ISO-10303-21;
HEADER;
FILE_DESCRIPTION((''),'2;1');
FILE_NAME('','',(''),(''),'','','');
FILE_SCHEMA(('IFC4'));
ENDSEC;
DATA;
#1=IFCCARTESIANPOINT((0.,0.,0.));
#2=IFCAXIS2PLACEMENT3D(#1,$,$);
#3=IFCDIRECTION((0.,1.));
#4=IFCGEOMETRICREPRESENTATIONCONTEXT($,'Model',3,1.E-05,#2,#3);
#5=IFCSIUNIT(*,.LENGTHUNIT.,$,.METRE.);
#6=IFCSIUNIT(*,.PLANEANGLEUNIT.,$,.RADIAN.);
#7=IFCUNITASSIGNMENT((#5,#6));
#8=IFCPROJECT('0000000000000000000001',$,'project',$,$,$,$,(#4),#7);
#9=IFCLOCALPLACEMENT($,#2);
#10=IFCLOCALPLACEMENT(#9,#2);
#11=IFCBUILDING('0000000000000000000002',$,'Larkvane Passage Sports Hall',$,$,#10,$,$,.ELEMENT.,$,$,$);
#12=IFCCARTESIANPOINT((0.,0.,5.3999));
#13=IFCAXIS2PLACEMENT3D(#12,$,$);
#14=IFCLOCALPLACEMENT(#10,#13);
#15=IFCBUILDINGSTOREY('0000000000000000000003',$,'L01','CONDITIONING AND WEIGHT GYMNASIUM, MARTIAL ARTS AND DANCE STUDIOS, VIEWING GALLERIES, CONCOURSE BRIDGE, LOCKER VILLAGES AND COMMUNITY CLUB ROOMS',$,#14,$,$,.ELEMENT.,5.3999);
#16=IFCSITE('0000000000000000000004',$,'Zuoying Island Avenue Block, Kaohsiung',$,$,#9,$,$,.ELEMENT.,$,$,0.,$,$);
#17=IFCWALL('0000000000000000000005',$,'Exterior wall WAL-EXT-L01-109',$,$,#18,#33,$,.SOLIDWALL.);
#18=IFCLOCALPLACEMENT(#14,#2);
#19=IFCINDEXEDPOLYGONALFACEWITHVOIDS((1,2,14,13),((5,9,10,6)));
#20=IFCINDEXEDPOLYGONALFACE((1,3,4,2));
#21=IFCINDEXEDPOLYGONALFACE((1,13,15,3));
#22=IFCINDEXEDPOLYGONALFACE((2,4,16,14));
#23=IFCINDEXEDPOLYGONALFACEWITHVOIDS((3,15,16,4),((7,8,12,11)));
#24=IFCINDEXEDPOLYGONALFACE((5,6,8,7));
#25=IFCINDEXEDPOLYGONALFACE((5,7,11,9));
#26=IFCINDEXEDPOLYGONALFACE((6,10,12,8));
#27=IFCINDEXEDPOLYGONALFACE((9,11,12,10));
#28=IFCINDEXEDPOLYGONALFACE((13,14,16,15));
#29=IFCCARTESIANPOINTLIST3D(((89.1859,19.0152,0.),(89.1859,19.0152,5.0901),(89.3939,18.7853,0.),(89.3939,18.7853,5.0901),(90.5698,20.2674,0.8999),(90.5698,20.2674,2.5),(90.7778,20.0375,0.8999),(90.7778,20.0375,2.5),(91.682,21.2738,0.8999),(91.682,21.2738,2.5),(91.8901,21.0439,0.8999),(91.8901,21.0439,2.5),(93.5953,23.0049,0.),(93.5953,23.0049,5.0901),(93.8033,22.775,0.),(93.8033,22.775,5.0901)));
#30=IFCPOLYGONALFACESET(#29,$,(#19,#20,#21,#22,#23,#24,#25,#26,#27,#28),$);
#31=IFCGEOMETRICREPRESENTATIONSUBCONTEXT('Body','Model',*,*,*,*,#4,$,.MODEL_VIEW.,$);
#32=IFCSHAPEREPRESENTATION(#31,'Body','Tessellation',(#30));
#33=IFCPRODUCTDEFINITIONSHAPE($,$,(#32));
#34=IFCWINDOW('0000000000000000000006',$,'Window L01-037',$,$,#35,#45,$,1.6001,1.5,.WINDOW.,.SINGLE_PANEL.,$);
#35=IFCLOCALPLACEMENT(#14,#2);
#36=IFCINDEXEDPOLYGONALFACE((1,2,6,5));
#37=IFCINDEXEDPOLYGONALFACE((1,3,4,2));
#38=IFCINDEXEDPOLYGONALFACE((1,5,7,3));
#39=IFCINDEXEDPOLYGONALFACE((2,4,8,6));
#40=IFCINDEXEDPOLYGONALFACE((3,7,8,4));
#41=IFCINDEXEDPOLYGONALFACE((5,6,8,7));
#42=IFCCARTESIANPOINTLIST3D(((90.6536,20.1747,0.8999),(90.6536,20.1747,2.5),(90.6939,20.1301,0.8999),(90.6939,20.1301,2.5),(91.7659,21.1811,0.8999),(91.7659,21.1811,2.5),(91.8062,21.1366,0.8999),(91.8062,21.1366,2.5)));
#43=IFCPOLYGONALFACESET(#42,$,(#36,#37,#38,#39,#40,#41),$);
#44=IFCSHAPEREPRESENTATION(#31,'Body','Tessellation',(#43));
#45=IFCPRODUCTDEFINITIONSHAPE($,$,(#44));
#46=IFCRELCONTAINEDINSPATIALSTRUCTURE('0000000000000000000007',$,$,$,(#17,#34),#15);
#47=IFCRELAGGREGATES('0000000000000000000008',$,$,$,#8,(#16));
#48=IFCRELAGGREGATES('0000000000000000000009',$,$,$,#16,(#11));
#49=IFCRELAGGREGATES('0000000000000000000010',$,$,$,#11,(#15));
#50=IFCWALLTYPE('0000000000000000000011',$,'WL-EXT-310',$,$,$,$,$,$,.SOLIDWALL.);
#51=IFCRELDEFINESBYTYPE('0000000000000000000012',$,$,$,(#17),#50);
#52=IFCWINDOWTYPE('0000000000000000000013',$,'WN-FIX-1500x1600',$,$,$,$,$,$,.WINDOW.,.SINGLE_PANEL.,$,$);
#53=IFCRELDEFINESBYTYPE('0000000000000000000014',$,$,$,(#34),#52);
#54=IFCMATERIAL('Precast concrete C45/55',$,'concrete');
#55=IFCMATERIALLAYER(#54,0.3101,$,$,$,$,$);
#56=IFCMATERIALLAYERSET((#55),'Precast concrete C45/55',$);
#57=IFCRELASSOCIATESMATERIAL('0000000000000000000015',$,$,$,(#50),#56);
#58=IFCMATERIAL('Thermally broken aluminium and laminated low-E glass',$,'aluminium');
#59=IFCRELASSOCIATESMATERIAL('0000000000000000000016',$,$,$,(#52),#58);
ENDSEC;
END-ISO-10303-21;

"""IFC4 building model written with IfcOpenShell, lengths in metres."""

from ifc_helpers import new_model, si_unit, direction, frame, frame_2d, origin, place, context, subcontext, project, spatial, rectangle, extrude, material, layer, layer_set, type_object, element, fill, save


model = new_model("IFC4")

# Units and contexts
model_context = context("Model", 3, precision=1e-05, world=origin(), true_north=direction((0.0, 1.0)))
body_context = subcontext(model_context, "Body", "Model", "MODEL_VIEW")
ifc_project = project(units=[si_unit("LENGTHUNIT", "METRE"), si_unit("PLANEANGLEUNIT", "RADIAN")], contexts=[model_context])

# Site, building, storey
site_placement = place(None, origin())
site = spatial("IfcSite", under=ifc_project, at=site_placement, Name="Zuoying Island Avenue Block, Kaohsiung", CompositionType="ELEMENT", RefElevation=0.0)
building_placement = place(site_placement, origin())
building = spatial("IfcBuilding", under=site, at=building_placement, Name="Larkvane Passage Sports Hall", CompositionType="ELEMENT")
storey_placement = place(building_placement, frame((0.0, 0.0, 5.3999)))
storey = spatial("IfcBuildingStorey", under=building, at=storey_placement, Name="L01", Description="CONDITIONING AND WEIGHT GYMNASIUM, MARTIAL ARTS AND DANCE STUDIOS, VIEWING GALLERIES, CONCOURSE BRIDGE, LOCKER VILLAGES AND COMMUNITY CLUB ROOMS", CompositionType="ELEMENT", Elevation=5.3999)

# Wall, opening, window
ifc_material_1 = material(Name="Precast concrete C45/55", Category="concrete")
ifc_layer_1 = layer(ifc_material_1, 0.3101)
ifc_layer_set_1 = layer_set([ifc_layer_1], Name="Precast concrete C45/55")
wall_type_1 = type_object("IfcWallType", Name="WL-EXT-310", PredefinedType="SOLIDWALL", material=ifc_layer_set_1)
wall_1_placement = place(storey_placement, frame((93.6992, 22.8899, 0.0), z_axis=(0.0, 0.0, 1.0), x_axis=(-0.741513, -0.670938, 0.0)))
wall_1 = element("IfcWall", 1, at=wall_1_placement, inside=storey, type_object=wall_type_1, Name="Exterior wall WAL-EXT-L01-109", PredefinedType="SOLIDWALL", context=body_context, shape_type="SweptSolid", body=[
    extrude(rectangle(XDim=5.9465, YDim=0.3101, at=frame_2d((2.9731, 0.0))), origin(), (0.0, 0.0, 1.0), 5.0901),
])
opening_placement = place(wall_1_placement, frame((2.5801, 0.0, 0.8999)))
opening = element("IfcOpeningElement", 2, at=opening_placement, cuts=wall_1, PredefinedType="OPENING", context=body_context, shape_type="SweptSolid", body=[
    extrude(rectangle(XDim=1.5, YDim=1.6001, at=frame_2d((0.75, 0.8))), frame((0.0, 0.165, 0.0), z_axis=(0.0, -1.0, 0.0), x_axis=(1.0, 0.0, 0.0)), (0.0, 0.0, 1.0), 0.3301),
])
ifc_material_2 = material(Name="Thermally broken aluminium and laminated low-E glass", Category="aluminium")
window_type = type_object("IfcWindowType", Name="WN-FIX-1500x1600", PartitioningType="SINGLE_PANEL", PredefinedType="WINDOW", material=ifc_material_2)
window_placement = place(opening_placement, origin())
window = element("IfcWindow", 3, at=window_placement, inside=storey, type_object=window_type, Name="Window L01-037", OverallHeight=1.6001, OverallWidth=1.5, PartitioningType="SINGLE_PANEL", PredefinedType="WINDOW", context=body_context, shape_type="SweptSolid", body=[
    extrude(rectangle(XDim=1.5, YDim=1.6001, at=frame_2d((0.75, 0.8))), frame((0.0, 0.03, 0.0), z_axis=(0.0, -1.0, 0.0), x_axis=(1.0, 0.0, 0.0)), (0.0, 0.0, 1.0), 0.0601),
])
fill(opening, window)

save(model, "model.ifc")
